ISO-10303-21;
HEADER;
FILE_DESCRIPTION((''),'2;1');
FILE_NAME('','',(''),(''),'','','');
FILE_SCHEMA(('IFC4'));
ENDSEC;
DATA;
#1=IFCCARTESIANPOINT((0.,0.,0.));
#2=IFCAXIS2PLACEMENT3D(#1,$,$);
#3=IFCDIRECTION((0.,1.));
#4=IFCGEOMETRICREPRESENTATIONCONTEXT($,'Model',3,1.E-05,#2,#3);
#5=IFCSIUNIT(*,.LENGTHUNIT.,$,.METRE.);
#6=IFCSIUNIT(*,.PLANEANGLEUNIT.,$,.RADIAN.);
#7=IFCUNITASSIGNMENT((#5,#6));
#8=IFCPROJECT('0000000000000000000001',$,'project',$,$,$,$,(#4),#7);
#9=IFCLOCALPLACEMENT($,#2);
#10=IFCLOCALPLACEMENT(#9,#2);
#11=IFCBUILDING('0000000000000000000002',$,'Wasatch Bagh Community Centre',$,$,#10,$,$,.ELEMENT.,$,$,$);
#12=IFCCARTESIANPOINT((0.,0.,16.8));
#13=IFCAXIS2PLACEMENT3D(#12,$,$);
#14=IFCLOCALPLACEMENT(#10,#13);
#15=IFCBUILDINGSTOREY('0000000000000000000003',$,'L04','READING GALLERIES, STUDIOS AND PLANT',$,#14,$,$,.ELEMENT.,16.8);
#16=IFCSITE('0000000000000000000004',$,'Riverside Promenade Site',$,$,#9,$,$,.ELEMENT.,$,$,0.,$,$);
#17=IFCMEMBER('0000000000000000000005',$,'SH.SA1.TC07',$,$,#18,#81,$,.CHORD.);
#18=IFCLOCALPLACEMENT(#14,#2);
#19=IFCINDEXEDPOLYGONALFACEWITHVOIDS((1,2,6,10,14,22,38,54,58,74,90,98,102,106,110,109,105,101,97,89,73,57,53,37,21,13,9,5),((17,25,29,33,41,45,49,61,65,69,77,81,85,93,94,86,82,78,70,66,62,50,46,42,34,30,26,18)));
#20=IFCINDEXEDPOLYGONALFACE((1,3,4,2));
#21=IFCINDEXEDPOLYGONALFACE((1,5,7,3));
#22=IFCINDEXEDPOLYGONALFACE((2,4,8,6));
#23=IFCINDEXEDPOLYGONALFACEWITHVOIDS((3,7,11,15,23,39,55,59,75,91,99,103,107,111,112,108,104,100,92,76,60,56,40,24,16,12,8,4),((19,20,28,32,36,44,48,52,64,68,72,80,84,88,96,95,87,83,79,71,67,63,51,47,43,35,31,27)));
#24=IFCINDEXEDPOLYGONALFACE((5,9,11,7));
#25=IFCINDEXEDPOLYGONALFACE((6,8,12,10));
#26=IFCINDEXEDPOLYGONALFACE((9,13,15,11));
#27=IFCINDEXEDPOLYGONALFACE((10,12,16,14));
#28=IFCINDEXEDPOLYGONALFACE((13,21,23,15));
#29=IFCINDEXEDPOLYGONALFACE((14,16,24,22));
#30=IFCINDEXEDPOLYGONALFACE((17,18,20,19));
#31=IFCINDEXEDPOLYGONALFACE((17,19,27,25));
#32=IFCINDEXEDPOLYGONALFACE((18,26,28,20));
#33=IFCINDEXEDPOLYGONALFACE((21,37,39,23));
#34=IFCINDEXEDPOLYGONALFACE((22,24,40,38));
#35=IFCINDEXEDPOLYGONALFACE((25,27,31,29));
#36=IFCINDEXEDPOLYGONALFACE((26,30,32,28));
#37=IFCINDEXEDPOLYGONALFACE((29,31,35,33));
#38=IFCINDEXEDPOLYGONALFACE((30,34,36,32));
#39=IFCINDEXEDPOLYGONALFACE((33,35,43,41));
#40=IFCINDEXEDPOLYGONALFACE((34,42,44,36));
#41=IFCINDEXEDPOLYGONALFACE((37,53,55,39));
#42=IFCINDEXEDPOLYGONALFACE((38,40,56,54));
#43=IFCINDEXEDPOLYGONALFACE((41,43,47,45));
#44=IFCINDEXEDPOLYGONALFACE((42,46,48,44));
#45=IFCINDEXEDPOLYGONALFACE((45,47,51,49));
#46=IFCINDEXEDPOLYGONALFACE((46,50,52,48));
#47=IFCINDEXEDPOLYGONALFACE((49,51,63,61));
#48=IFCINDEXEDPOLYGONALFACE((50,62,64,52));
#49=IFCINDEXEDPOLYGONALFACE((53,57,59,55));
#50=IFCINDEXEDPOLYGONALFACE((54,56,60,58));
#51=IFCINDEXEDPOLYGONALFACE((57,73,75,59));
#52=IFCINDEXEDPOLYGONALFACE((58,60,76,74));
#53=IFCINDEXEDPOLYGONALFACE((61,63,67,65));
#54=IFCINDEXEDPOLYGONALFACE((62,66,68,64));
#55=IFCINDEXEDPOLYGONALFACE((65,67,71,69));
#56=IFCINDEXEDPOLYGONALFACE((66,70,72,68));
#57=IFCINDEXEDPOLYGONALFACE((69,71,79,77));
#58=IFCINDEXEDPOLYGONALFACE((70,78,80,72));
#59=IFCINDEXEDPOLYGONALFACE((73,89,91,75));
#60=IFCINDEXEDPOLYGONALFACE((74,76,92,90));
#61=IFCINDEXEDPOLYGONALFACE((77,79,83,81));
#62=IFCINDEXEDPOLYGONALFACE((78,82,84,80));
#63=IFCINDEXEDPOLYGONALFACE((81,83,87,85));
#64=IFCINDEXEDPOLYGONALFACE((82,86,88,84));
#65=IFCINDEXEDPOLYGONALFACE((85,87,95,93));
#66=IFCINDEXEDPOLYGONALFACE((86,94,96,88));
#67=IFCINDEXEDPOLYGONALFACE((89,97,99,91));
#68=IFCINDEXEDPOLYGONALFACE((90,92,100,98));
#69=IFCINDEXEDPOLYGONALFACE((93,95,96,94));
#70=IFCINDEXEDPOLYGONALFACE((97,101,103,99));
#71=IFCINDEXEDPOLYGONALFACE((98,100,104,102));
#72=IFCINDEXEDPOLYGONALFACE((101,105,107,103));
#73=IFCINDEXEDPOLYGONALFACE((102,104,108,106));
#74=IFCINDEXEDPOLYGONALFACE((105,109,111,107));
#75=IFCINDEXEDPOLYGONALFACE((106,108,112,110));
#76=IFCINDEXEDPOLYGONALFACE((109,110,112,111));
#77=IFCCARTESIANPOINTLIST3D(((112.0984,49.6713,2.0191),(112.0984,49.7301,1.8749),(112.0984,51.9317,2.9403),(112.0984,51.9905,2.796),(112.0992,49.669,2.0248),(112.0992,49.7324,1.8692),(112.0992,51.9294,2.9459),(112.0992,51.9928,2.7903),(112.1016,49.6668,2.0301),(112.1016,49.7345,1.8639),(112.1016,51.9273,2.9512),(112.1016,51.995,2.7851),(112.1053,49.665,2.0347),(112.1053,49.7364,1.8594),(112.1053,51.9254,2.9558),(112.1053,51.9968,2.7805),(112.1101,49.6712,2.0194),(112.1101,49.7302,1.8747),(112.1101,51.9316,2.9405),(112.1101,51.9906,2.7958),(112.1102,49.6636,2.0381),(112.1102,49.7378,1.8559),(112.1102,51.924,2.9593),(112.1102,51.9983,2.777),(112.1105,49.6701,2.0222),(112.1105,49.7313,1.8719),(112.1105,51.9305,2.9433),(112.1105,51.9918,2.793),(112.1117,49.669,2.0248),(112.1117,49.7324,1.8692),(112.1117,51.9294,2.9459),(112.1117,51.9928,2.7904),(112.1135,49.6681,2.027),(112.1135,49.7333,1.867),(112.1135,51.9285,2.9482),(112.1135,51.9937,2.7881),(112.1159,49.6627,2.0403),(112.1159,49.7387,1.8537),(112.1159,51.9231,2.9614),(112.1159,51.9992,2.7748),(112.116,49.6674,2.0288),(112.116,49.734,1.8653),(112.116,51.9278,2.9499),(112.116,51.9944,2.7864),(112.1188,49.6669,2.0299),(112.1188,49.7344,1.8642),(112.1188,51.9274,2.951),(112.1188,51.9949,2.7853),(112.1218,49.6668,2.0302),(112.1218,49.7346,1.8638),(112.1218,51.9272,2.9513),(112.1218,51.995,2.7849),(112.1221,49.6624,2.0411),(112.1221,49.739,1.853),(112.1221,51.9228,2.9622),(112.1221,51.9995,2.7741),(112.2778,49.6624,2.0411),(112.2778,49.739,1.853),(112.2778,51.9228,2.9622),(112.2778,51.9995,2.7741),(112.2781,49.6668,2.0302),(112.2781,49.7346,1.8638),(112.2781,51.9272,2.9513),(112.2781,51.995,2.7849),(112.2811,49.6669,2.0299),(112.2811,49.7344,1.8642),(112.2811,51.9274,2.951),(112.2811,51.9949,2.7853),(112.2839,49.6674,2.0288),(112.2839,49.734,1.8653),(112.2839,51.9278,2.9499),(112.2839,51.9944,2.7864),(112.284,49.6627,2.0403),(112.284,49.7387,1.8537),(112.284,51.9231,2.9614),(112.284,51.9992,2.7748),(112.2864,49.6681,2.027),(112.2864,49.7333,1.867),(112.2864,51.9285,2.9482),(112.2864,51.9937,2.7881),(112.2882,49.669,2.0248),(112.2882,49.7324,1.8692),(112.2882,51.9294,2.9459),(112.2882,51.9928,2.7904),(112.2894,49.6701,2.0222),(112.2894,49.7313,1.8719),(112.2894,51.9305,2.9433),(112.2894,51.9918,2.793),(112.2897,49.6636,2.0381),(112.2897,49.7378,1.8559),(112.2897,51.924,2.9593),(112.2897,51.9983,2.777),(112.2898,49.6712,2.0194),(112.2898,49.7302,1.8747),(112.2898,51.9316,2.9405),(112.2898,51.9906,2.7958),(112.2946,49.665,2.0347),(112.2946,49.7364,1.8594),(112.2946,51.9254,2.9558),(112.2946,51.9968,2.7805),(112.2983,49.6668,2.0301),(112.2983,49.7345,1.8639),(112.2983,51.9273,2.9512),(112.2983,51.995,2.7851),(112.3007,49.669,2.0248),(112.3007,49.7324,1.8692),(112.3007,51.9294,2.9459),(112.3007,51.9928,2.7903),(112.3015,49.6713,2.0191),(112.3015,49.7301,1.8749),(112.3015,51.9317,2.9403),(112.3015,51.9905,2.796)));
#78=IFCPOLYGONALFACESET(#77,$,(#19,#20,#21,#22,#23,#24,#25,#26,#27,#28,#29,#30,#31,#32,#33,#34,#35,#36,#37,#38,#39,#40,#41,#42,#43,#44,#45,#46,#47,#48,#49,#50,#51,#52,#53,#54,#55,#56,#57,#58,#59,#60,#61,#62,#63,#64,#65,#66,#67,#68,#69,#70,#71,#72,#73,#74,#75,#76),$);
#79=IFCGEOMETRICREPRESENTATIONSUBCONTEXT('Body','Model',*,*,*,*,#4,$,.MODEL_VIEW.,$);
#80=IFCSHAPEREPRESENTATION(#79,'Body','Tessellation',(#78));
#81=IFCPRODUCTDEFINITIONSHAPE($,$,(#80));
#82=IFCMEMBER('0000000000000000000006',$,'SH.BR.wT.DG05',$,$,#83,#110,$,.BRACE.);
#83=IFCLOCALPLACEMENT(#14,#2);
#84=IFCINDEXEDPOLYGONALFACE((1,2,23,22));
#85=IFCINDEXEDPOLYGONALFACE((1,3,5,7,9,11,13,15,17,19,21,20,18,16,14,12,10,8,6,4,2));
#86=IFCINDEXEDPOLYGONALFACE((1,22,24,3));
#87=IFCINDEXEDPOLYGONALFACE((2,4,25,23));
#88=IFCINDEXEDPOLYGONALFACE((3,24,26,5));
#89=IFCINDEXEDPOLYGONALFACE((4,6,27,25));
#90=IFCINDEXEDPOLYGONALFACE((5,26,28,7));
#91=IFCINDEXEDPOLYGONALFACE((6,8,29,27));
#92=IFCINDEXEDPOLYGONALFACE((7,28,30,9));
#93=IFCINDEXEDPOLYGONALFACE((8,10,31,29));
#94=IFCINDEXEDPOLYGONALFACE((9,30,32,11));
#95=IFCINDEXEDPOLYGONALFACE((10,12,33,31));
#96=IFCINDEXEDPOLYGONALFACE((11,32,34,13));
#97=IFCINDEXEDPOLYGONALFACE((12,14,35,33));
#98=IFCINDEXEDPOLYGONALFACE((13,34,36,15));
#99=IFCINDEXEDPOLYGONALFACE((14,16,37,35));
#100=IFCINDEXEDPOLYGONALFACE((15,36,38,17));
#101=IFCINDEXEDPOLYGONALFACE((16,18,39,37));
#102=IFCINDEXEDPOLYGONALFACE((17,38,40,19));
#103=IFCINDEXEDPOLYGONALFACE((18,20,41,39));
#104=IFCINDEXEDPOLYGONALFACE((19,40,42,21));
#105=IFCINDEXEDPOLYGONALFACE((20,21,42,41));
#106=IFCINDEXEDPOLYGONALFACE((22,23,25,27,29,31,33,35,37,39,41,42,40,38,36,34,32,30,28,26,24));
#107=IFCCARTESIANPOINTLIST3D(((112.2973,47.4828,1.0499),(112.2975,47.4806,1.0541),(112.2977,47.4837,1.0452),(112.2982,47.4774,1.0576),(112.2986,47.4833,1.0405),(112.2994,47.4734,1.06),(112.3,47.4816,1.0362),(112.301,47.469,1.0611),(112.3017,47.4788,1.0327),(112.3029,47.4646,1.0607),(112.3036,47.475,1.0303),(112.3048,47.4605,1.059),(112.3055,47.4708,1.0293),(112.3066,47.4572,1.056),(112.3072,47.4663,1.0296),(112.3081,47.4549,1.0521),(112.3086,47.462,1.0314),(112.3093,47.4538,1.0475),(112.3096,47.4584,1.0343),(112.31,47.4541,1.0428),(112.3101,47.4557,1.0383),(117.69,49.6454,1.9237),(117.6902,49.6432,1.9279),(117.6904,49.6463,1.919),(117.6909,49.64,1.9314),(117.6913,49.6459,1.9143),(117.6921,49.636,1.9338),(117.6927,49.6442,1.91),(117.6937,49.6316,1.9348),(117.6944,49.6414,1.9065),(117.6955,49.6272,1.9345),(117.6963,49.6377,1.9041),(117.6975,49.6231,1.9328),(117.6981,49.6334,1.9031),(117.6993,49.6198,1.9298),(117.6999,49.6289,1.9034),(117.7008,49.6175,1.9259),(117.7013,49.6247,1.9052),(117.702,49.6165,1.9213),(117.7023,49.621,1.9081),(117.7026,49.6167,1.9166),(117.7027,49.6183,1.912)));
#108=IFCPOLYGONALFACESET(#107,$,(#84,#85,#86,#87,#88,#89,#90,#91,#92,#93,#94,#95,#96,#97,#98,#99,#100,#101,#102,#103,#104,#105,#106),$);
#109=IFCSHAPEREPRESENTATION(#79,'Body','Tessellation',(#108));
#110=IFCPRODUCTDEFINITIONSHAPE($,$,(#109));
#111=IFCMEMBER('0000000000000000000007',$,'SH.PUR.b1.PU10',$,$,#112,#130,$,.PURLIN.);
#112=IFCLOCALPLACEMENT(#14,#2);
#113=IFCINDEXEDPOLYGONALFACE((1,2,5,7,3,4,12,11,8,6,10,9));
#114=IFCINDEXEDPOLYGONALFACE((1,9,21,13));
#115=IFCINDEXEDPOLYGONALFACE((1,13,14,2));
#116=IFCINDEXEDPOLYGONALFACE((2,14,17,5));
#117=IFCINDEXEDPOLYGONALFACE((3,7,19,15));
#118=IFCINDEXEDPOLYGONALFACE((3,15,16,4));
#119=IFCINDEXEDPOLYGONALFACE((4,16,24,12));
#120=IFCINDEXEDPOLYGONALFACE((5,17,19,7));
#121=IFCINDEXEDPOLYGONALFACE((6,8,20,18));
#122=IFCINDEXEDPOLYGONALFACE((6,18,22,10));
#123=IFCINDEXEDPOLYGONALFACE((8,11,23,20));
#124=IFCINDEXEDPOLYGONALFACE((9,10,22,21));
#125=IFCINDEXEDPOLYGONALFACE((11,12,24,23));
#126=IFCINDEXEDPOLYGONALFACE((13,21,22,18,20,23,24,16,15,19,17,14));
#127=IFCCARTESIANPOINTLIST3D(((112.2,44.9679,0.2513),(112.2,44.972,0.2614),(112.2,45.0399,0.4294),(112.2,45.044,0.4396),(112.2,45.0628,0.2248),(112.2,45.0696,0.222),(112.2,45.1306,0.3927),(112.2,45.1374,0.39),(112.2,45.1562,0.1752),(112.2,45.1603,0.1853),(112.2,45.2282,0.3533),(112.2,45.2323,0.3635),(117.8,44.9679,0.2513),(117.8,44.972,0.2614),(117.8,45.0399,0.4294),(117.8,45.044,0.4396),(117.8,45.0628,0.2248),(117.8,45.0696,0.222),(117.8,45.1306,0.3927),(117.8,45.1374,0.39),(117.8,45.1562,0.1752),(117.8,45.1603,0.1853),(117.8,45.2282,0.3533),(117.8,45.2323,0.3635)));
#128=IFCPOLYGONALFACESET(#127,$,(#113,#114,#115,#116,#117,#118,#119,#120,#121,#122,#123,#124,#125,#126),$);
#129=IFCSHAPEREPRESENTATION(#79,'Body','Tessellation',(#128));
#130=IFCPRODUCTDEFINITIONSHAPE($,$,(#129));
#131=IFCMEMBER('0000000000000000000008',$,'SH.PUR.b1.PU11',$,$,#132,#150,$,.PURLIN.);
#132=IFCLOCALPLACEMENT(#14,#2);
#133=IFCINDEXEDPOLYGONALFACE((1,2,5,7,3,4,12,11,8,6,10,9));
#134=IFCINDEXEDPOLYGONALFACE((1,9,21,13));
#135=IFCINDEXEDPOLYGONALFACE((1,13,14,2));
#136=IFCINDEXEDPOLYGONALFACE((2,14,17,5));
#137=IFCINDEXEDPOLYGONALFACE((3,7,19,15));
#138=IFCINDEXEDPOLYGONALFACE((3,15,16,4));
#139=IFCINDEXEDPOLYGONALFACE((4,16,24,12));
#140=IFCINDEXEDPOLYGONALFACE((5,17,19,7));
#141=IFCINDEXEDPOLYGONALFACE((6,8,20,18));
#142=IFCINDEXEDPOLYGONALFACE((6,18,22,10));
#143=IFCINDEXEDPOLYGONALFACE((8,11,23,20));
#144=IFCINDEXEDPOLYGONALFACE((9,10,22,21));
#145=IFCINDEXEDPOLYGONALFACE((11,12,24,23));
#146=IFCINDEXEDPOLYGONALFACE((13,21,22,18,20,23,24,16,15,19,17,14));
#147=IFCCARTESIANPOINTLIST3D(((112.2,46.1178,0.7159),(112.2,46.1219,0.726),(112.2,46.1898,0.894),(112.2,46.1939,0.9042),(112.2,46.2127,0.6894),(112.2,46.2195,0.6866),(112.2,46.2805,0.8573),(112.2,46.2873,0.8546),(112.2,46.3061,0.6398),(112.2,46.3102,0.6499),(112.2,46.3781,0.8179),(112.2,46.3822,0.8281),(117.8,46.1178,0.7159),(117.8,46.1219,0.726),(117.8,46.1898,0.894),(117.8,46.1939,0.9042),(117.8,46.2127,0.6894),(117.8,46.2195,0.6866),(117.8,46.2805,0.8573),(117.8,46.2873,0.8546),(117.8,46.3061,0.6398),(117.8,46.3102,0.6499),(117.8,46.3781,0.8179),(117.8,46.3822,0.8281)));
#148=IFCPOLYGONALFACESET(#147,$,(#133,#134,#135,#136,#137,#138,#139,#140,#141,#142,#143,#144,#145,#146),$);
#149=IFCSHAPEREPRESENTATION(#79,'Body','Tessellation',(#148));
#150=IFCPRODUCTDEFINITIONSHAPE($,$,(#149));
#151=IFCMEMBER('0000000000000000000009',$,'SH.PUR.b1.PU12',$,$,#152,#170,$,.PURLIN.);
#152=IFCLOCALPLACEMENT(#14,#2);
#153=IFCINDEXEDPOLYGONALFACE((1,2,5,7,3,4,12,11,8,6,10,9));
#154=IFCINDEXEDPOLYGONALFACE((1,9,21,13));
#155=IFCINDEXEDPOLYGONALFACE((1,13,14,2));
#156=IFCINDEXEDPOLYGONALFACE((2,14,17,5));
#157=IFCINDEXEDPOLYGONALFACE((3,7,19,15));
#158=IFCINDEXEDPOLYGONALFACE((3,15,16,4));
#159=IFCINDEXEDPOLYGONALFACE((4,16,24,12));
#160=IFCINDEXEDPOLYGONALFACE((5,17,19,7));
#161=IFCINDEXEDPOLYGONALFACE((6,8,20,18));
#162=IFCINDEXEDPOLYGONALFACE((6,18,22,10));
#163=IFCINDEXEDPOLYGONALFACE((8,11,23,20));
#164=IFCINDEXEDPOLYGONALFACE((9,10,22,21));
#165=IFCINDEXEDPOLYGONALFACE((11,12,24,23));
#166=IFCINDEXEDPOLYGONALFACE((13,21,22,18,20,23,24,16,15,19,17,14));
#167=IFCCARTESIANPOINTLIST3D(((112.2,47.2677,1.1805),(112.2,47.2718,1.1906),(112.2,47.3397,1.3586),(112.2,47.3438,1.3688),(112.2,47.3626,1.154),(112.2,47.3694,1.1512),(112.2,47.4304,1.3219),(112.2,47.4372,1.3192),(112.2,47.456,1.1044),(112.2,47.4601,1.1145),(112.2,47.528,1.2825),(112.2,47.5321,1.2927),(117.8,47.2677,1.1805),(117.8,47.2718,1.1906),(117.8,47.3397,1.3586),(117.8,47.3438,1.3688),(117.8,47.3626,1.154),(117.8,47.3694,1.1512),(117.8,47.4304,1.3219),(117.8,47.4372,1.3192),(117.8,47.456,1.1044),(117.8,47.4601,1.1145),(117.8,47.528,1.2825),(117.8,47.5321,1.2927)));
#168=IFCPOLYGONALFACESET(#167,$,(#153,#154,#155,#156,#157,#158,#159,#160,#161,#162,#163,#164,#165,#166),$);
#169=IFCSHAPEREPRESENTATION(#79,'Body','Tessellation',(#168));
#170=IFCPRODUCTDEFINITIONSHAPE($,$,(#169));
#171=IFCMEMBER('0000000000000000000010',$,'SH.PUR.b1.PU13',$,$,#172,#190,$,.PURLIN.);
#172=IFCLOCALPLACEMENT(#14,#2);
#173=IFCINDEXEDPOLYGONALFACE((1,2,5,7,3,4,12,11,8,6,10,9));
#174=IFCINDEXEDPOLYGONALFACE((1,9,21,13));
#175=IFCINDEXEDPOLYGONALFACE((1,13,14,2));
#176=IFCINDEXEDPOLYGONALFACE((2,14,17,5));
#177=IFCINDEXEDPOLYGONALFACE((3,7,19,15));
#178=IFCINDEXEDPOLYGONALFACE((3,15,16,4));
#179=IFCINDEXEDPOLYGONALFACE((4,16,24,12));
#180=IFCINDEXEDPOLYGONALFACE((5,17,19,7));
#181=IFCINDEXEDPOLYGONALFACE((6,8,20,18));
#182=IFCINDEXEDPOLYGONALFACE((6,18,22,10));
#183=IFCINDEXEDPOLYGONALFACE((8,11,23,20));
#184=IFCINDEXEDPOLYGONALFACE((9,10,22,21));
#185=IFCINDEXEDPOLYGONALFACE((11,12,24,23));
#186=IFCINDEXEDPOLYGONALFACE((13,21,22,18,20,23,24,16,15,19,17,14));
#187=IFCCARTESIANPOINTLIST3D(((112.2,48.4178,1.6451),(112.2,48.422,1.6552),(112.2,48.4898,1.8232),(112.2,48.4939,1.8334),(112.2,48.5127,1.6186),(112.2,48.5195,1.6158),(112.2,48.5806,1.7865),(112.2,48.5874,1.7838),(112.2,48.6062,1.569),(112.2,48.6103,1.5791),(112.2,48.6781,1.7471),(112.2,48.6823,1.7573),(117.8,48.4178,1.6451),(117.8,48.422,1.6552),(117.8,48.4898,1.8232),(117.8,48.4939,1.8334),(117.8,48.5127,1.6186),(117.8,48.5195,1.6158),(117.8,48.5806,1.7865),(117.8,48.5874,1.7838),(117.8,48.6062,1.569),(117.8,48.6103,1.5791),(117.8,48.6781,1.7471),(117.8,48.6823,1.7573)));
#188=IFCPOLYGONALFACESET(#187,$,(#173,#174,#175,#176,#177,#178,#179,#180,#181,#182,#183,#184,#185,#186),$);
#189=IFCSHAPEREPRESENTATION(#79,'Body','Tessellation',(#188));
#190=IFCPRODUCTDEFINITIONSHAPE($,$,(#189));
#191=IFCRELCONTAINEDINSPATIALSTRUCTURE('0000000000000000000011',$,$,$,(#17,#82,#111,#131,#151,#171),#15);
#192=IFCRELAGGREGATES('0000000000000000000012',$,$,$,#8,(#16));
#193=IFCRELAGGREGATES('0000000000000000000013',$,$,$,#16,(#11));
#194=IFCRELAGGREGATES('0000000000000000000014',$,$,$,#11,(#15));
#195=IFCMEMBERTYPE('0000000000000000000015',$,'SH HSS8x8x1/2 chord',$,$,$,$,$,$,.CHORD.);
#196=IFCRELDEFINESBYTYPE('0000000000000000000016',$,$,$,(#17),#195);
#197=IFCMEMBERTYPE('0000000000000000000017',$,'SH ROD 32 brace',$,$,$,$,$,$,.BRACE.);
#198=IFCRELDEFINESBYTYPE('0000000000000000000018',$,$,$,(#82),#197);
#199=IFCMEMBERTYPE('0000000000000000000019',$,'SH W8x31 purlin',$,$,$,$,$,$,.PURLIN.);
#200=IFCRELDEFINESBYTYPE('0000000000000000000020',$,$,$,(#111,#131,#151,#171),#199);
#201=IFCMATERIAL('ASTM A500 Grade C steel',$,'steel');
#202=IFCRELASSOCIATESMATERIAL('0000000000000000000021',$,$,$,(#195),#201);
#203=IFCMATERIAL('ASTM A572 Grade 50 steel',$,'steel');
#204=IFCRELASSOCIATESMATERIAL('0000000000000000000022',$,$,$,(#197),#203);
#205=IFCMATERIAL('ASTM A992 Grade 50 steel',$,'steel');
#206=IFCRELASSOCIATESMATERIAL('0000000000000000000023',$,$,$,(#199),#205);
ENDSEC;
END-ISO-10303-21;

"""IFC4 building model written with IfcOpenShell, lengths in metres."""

from ifc_helpers import new_model, si_unit, direction, frame, origin, origin_2d, place, context, subcontext, project, spatial, hollow_rectangle, circle, i_section, extrude, material, material_profile, profile_set, type_object, element, save


model = new_model("IFC4")

# Units and contexts
model_context = context("Model", 3, precision=1e-05, world=origin(), true_north=direction((0.0, 1.0)))
body_context = subcontext(model_context, "Body", "Model", "MODEL_VIEW")
ifc_project = project(units=[si_unit("LENGTHUNIT", "METRE"), si_unit("PLANEANGLEUNIT", "RADIAN")], contexts=[model_context])

# Site, building, storey
site_placement = place(None, origin())
site = spatial("IfcSite", under=ifc_project, at=site_placement, Name="Riverside Promenade Site", CompositionType="ELEMENT", RefElevation=0.0)
building_placement = place(site_placement, origin())
building = spatial("IfcBuilding", under=site, at=building_placement, Name="Wasatch Bagh Community Centre", CompositionType="ELEMENT")
storey_placement = place(building_placement, frame((0.0, 0.0, 16.8)))
storey = spatial("IfcBuildingStorey", under=building, at=storey_placement, Name="L04", Description="READING GALLERIES, STUDIOS AND PLANT", CompositionType="ELEMENT", Elevation=16.8)

# Members
ifc_material_1 = material(Name="ASTM A500 Grade C steel", Category="steel")
ifc_material_profile_1 = material_profile(ifc_material_1, hollow_rectangle(XDim=0.2031, YDim=0.2031, WallThickness=0.0117, InnerFilletRadius=0.0117, OuterFilletRadius=0.0237, at=origin_2d()), Name="HSS8x8x1/2")
ifc_profile_set_1 = profile_set([ifc_material_profile_1], Name="ASTM A500 Grade C steel")
member_type_1 = type_object("IfcMemberType", Name="SH HSS8x8x1/2 chord", PredefinedType="CHORD", material=ifc_profile_set_1)
member_1_placement = place(storey_placement, frame((112.2, 49.7007, 1.947), z_axis=(0.0, 0.926064, 0.377367), x_axis=(-1.0, 0.0, 0.0)))
element("IfcMember", 1, at=member_1_placement, inside=storey, type_object=member_type_1, Name="SH.SA1.TC07", PredefinedType="CHORD", context=body_context, shape_type="SweptSolid", body=[
    extrude(hollow_rectangle(XDim=0.2031, YDim=0.2031, WallThickness=0.0117, InnerFilletRadius=0.0117, OuterFilletRadius=0.0237, at=origin_2d()), origin(), (0.0, 0.0, 1.0), 2.4409),
])
ifc_material_2 = material(Name="ASTM A572 Grade 50 steel", Category="steel")
ifc_material_profile_2 = material_profile(ifc_material_2, circle(Radius=0.0161, at=origin_2d()), Name="ROD 32")
ifc_profile_set_2 = profile_set([ifc_material_profile_2], Name="ASTM A572 Grade 50 steel")
member_type_2 = type_object("IfcMemberType", Name="SH ROD 32 brace", PredefinedType="BRACE", material=ifc_profile_set_2)
member_2_placement = place(storey_placement, frame((112.3037, 47.4688, 1.0452), z_axis=(0.917825, 0.368077, 0.148718), x_axis=(-0.372216, 0.928146, 0.0)))
element("IfcMember", 2, at=member_2_placement, inside=storey, type_object=member_type_2, Name="SH.BR.wT.DG05", PredefinedType="BRACE", context=body_context, shape_type="SweptSolid", body=[
    extrude(circle(Radius=0.0161, at=origin_2d()), origin(), (0.0, 0.0, 1.0), 5.8755),
])
ifc_material_3 = material(Name="ASTM A992 Grade 50 steel", Category="steel")
ifc_material_profile_3 = material_profile(ifc_material_3, i_section(OverallWidth=0.2031, OverallDepth=0.2031, WebThickness=0.0073, FlangeThickness=0.011, at=origin_2d()), Name="W8x31")
ifc_profile_set_3 = profile_set([ifc_material_profile_3], Name="ASTM A992 Grade 50 steel")
member_type_3 = type_object("IfcMemberType", Name="SH W8x31 purlin", PredefinedType="PURLIN", material=ifc_profile_set_3)
for number, where, z_axis, x_axis, name in (
    (3, (112.2, 45.1001, 0.3074), (1.0, 0.0, 0.0), (0.0, 0.927184, -0.374607), "SH.PUR.b1.PU10"),
    (4, (112.2, 46.25, 0.772), (1.0, 0.0, 0.0), (0.0, 0.927184, -0.374607), "SH.PUR.b1.PU11"),
    (5, (112.2, 47.3999, 1.2366), (1.0, 0.0, 0.0), (0.0, 0.927184, -0.374607), "SH.PUR.b1.PU12"),
    (6, (112.2, 48.55, 1.7012), (1.0, 0.0, 0.0), (0.0, 0.927184, -0.374607), "SH.PUR.b1.PU13"),
):
    element("IfcMember", number, at=place(storey_placement, frame(where, z_axis=z_axis, x_axis=x_axis)), inside=storey, type_object=member_type_3, Name=name, PredefinedType="PURLIN", context=body_context, shape_type="SweptSolid", body=[
        extrude(i_section(OverallWidth=0.2031, OverallDepth=0.2031, WebThickness=0.0073, FlangeThickness=0.011, at=origin_2d()), origin(), (0.0, 0.0, 1.0), 5.6001),
    ])

save(model, "model.ifc")
